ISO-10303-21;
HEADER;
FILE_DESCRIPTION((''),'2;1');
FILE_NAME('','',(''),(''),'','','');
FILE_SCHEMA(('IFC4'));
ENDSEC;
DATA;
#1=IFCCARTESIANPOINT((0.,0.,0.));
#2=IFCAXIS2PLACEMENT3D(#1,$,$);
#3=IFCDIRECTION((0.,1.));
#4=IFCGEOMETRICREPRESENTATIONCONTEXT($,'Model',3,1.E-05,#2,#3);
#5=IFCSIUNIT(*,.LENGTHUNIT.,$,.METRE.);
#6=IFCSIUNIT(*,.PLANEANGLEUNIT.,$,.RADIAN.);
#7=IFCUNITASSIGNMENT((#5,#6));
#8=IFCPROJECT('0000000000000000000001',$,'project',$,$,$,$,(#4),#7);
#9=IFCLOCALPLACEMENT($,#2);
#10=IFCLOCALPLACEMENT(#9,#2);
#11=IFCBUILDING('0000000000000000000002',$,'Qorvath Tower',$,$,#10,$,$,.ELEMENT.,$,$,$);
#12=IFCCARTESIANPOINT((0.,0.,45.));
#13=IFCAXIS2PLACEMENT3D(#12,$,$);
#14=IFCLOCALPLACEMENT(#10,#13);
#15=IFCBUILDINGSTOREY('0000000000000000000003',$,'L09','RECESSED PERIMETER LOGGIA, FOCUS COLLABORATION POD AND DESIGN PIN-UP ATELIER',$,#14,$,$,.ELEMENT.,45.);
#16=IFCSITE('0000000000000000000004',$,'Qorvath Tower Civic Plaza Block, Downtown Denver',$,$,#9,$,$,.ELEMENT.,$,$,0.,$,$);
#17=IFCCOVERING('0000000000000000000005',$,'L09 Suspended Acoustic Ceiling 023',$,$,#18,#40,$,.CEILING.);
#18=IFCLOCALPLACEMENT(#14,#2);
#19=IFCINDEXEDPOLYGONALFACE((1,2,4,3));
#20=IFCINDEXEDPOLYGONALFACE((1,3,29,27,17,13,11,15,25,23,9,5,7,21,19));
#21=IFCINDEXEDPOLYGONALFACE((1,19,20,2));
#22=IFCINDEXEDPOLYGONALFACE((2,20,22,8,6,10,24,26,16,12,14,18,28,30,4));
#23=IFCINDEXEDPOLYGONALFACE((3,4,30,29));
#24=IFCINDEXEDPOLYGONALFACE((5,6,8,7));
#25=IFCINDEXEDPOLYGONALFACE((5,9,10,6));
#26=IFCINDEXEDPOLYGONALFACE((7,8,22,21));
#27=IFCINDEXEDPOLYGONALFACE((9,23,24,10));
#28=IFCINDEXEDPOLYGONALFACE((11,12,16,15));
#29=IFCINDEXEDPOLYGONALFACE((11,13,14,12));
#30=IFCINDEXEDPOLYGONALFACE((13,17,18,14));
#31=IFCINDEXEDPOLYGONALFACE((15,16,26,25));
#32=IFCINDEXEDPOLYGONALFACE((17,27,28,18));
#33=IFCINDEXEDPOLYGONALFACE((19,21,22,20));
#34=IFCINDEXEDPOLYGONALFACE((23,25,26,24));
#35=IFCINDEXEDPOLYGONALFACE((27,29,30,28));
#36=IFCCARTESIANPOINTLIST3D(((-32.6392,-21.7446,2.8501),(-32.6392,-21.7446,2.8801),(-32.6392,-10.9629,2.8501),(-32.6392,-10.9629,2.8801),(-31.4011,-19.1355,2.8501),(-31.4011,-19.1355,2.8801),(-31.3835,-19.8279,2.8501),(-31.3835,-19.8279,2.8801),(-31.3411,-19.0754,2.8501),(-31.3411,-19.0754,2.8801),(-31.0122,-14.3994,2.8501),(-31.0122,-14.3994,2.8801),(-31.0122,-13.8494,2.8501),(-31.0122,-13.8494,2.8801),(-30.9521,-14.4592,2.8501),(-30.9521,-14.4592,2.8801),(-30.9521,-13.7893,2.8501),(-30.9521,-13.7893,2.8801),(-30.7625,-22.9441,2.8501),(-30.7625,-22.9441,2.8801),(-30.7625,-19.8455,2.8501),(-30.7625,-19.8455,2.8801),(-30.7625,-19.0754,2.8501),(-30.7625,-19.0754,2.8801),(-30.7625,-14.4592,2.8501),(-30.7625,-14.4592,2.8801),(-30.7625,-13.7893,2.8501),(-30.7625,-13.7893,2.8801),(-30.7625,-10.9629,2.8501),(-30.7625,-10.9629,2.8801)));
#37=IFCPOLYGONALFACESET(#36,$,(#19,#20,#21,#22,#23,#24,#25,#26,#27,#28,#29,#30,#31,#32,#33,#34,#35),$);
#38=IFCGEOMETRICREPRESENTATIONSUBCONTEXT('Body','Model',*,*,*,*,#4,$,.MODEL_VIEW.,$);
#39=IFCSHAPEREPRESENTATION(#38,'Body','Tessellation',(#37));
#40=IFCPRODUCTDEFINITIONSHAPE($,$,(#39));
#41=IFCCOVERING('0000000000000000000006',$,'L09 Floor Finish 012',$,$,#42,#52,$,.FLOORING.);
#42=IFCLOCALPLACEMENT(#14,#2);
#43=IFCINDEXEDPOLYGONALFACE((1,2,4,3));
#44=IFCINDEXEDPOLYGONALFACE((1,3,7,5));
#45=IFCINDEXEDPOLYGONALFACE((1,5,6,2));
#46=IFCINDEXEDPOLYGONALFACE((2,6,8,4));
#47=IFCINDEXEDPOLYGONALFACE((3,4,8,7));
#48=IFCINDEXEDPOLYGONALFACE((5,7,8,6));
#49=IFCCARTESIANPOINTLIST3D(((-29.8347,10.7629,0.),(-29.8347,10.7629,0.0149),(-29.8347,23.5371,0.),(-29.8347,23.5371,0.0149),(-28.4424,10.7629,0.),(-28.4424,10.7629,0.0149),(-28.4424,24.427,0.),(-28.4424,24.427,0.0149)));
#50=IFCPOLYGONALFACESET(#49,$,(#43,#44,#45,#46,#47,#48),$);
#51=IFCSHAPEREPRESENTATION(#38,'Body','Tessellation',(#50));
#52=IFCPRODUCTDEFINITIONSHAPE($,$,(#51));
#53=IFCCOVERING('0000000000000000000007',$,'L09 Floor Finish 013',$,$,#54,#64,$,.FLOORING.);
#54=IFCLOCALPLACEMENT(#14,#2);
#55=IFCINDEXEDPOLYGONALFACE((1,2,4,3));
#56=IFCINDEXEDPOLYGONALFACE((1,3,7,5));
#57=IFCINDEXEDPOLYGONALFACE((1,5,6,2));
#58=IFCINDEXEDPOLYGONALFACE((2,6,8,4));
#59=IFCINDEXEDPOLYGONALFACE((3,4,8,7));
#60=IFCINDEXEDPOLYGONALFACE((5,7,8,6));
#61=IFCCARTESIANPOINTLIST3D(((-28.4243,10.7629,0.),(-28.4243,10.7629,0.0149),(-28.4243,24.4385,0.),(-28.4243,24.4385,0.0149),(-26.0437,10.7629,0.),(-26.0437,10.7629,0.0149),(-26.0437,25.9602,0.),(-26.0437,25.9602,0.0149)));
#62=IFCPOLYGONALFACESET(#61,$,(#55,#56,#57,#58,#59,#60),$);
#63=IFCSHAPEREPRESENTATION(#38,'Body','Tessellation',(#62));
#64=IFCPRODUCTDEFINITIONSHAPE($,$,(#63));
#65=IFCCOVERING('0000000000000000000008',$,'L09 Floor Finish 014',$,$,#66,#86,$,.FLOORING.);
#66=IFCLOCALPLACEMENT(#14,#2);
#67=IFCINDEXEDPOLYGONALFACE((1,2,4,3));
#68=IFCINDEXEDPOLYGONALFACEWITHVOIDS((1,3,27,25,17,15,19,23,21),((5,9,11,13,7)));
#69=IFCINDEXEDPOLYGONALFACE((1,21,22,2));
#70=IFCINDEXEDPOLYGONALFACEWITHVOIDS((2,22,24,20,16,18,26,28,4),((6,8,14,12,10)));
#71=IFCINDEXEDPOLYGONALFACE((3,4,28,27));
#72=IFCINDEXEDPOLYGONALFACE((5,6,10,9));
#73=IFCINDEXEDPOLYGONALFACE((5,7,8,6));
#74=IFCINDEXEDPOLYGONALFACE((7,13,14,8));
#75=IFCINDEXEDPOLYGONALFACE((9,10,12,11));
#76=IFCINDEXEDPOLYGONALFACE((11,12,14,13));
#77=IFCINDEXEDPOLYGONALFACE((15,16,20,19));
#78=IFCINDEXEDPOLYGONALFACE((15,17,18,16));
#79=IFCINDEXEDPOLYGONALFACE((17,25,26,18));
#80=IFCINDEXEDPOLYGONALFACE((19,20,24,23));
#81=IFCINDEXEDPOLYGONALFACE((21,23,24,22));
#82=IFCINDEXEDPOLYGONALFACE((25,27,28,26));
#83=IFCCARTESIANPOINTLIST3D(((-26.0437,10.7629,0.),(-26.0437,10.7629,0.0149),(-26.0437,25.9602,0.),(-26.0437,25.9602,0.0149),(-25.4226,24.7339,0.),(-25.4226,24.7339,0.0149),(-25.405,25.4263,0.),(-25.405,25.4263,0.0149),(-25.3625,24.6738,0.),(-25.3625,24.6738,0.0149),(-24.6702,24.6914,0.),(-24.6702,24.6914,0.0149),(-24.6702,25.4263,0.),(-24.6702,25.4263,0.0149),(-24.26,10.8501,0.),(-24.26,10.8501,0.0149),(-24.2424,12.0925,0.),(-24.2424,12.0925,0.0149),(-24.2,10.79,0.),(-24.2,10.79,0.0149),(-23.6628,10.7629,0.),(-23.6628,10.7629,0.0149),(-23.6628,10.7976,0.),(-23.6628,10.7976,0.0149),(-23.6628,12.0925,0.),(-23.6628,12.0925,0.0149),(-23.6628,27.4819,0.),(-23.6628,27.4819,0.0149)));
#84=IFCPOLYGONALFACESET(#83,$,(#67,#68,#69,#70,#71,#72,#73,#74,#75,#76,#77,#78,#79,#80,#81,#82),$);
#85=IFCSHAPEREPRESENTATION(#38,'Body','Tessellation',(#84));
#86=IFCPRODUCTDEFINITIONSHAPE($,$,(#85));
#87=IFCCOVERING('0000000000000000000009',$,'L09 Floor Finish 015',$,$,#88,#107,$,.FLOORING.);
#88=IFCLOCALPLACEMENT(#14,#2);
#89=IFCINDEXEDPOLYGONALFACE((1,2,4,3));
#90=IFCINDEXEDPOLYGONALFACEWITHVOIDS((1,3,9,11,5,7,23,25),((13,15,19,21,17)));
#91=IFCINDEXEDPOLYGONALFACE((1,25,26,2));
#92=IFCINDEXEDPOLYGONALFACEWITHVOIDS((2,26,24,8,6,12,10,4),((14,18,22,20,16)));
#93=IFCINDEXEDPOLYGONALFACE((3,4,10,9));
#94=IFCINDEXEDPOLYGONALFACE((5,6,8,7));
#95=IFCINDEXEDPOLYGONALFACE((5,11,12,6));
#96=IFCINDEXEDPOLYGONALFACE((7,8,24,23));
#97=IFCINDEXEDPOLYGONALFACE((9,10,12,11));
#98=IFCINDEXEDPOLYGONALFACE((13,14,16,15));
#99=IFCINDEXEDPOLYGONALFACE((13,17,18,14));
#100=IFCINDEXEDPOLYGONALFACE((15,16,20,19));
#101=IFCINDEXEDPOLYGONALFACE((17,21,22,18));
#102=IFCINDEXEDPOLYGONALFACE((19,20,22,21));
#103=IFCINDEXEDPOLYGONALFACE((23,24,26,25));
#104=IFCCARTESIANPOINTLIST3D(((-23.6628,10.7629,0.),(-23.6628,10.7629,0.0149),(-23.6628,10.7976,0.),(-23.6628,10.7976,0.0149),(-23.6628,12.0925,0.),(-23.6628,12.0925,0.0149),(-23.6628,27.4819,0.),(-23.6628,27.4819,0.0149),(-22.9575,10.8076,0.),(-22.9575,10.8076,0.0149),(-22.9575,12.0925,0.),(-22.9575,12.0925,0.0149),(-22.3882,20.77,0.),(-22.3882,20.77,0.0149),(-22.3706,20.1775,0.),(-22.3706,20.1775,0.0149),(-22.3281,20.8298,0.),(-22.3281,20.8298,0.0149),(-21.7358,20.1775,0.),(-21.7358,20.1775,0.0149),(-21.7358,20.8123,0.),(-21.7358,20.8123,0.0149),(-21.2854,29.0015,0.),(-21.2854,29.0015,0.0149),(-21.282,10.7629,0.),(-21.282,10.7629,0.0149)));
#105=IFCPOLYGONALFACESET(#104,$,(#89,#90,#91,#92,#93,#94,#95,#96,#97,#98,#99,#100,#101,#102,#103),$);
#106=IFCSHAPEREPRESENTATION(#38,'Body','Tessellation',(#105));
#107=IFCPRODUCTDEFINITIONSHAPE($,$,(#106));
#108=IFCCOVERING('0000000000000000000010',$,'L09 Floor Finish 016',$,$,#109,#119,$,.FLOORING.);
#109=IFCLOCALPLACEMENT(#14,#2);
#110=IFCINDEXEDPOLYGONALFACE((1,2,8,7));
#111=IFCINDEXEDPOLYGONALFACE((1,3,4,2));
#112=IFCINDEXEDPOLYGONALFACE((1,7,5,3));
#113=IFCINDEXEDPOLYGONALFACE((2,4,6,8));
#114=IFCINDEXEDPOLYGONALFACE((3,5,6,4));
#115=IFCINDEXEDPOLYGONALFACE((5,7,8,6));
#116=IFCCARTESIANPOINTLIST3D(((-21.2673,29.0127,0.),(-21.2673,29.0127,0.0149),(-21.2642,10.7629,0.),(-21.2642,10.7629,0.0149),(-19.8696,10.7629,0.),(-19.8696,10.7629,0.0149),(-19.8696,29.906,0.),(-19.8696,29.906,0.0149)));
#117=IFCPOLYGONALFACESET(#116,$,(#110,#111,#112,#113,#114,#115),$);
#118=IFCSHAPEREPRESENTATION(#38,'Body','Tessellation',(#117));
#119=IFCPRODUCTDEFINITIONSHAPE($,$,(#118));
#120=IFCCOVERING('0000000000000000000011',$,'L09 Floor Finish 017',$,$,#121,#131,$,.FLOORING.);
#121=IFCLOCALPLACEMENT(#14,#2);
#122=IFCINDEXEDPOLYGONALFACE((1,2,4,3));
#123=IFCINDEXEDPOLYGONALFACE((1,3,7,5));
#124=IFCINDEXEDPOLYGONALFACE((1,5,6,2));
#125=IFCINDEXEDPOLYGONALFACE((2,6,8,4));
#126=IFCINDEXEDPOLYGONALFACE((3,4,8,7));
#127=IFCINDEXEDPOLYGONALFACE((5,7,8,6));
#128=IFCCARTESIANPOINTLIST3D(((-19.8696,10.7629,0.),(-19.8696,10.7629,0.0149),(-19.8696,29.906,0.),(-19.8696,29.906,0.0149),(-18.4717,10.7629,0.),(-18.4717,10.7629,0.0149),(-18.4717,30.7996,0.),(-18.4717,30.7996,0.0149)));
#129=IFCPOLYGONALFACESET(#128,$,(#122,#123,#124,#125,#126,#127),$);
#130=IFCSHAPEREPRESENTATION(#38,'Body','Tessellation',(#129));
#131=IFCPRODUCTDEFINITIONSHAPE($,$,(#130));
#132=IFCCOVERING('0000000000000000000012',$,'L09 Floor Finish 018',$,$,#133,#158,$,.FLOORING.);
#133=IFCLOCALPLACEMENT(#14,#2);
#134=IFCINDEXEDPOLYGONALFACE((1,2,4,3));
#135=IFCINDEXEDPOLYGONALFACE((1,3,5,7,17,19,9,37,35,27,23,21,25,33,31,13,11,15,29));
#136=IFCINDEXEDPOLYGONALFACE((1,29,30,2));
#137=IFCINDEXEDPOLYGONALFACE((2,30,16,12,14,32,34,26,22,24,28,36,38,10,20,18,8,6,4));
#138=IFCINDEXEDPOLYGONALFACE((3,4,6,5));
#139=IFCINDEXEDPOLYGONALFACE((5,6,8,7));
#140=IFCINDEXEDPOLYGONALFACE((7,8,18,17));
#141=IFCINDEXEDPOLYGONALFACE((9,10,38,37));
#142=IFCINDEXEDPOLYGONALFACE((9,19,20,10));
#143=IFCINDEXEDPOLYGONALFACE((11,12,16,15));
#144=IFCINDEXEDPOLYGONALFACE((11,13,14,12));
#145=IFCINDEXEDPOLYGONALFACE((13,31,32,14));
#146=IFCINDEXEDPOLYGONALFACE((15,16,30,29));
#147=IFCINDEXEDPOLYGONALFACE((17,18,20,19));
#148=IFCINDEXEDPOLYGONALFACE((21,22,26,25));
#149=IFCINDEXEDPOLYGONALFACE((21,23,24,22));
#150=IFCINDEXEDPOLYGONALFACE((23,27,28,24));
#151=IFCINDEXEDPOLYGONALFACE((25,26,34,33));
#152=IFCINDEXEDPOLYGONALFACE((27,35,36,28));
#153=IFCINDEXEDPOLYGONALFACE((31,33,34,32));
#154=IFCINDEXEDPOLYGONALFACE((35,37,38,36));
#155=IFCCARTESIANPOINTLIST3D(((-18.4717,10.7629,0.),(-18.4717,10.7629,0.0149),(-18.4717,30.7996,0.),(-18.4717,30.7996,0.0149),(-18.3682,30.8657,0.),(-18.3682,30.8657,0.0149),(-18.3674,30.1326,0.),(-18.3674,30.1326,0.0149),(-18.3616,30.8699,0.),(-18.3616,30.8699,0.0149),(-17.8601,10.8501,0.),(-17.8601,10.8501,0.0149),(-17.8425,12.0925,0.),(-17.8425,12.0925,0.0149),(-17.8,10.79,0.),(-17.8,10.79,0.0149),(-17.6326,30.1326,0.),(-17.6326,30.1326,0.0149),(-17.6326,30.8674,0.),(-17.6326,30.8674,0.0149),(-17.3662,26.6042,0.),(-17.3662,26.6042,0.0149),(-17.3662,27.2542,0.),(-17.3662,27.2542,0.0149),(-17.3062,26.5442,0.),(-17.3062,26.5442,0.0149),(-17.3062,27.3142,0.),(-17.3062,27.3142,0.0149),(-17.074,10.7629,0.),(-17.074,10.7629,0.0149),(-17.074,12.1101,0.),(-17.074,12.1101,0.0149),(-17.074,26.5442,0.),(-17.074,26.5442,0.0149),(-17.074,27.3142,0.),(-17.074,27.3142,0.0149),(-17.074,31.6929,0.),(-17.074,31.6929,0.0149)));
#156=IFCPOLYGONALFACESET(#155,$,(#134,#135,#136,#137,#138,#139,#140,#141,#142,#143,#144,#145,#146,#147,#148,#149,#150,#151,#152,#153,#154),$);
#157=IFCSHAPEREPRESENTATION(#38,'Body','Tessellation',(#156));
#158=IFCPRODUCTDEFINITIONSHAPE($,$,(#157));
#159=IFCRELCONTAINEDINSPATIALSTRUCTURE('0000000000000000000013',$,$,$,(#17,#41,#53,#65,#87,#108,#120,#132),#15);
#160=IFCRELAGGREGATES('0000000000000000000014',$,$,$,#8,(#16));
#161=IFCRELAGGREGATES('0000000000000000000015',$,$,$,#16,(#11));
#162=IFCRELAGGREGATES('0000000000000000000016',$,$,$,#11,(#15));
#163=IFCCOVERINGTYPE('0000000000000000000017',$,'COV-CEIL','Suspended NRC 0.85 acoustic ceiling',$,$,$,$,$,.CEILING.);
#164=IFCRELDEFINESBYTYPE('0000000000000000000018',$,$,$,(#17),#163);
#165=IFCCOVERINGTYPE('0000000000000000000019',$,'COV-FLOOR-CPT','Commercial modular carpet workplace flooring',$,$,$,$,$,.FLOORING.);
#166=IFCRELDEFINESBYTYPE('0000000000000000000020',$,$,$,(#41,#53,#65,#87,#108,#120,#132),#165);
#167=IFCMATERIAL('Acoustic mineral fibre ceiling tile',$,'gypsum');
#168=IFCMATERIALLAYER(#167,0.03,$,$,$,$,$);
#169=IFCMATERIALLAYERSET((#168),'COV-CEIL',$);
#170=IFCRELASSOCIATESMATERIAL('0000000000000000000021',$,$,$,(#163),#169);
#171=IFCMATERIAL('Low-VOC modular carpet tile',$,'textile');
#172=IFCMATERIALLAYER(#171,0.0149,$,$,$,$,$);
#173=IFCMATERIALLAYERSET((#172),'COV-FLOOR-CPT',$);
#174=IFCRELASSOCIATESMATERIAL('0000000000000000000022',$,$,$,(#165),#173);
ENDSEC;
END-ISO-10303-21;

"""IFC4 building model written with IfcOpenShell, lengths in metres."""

from ifc_helpers import new_model, si_unit, direction, frame, origin, place, context, subcontext, project, spatial, polyline, outline, extrude, material, layer, layer_set, type_object, element, save


model = new_model("IFC4")

# Units and contexts
model_context = context("Model", 3, precision=1e-05, world=origin(), true_north=direction((0.0, 1.0)))
body_context = subcontext(model_context, "Body", "Model", "MODEL_VIEW")
ifc_project = project(units=[si_unit("LENGTHUNIT", "METRE"), si_unit("PLANEANGLEUNIT", "RADIAN")], contexts=[model_context])

# Site, building, storey
site_placement = place(None, origin())
site = spatial("IfcSite", under=ifc_project, at=site_placement, Name="Qorvath Tower Civic Plaza Block, Downtown Denver", CompositionType="ELEMENT", RefElevation=0.0)
building_placement = place(site_placement, origin())
building = spatial("IfcBuilding", under=site, at=building_placement, Name="Qorvath Tower", CompositionType="ELEMENT")
storey_placement = place(building_placement, frame((0.0, 0.0, 45.0)))
storey = spatial("IfcBuildingStorey", under=building, at=storey_placement, Name="L09", Description="RECESSED PERIMETER LOGGIA, FOCUS COLLABORATION POD AND DESIGN PIN-UP ATELIER", CompositionType="ELEMENT", Elevation=45.0)

# Coverings
ifc_material_1 = material(Name="Acoustic mineral fibre ceiling tile", Category="gypsum")
ifc_layer_1 = layer(ifc_material_1, 0.03)
ifc_layer_set_1 = layer_set([ifc_layer_1], Name="COV-CEIL")
covering_type_1 = type_object("IfcCoveringType", Name="COV-CEIL", Description="Suspended NRC 0.85 acoustic ceiling", PredefinedType="CEILING", material=ifc_layer_set_1)
covering_1_placement = place(storey_placement, frame((0.0, 0.0, 2.8501)))
element("IfcCovering", 1, at=covering_1_placement, inside=storey, type_object=covering_type_1, Name="L09 Suspended Acoustic Ceiling 023", PredefinedType="CEILING", context=body_context, shape_type="SweptSolid", body=[
    extrude(outline(polyline([(-31.3411, -19.0754), (-30.7625, -19.0754), (-30.7625, -14.4592), (-30.9521, -14.4592), (-31.0122, -14.3994), (-31.0122, -13.8494), (-30.9521, -13.7893), (-30.7625, -13.7893), (-30.7625, -10.9629), (-32.6392, -10.9629), (-32.6392, -21.7446), (-30.7625, -22.9441), (-30.7625, -19.8455), (-31.3835, -19.8279), (-31.4011, -19.1355), (-31.3411, -19.0754)])), origin(), (0.0, 0.0, 1.0), 0.03),
])
ifc_material_2 = material(Name="Low-VOC modular carpet tile", Category="textile")
ifc_layer_2 = layer(ifc_material_2, 0.0149)
ifc_layer_set_2 = layer_set([ifc_layer_2], Name="COV-FLOOR-CPT")
covering_type_2 = type_object("IfcCoveringType", Name="COV-FLOOR-CPT", Description="Commercial modular carpet workplace flooring", PredefinedType="FLOORING", material=ifc_layer_set_2)
covering_2_placement = place(storey_placement, origin())
element("IfcCovering", 2, at=covering_2_placement, inside=storey, type_object=covering_type_2, Name="L09 Floor Finish 012", PredefinedType="FLOORING", context=body_context, shape_type="SweptSolid", body=[
    extrude(outline(polyline([(-29.8347, 23.5371), (-29.8347, 10.7629), (-28.4424, 10.7629), (-28.4424, 24.427), (-29.8347, 23.5371)])), origin(), (0.0, 0.0, 1.0), 0.0149),
])
covering_3_placement = place(storey_placement, origin())
element("IfcCovering", 3, at=covering_3_placement, inside=storey, type_object=covering_type_2, Name="L09 Floor Finish 013", PredefinedType="FLOORING", context=body_context, shape_type="SweptSolid", body=[
    extrude(outline(polyline([(-26.0437, 10.7629), (-26.0437, 25.9602), (-28.4243, 24.4385), (-28.4243, 10.7629), (-26.0437, 10.7629)])), origin(), (0.0, 0.0, 1.0), 0.0149),
])
covering_4_placement = place(storey_placement, origin())
element("IfcCovering", 4, at=covering_4_placement, inside=storey, type_object=covering_type_2, Name="L09 Floor Finish 014", PredefinedType="FLOORING", context=body_context, shape_type="SweptSolid", body=[
    extrude(outline(polyline([(-23.6628, 10.7629), (-23.6628, 10.7976), (-24.2, 10.79), (-24.26, 10.8501), (-24.2424, 12.0925), (-23.6628, 12.0925), (-23.6628, 27.4819), (-26.0437, 25.9602), (-26.0437, 10.7629), (-23.6628, 10.7629)]), holes=[polyline([(-25.4226, 24.7339), (-25.405, 25.4263), (-24.6702, 25.4263), (-24.6702, 24.6914), (-25.3625, 24.6738), (-25.4226, 24.7339)])]), origin(), (0.0, 0.0, 1.0), 0.0149),
])
covering_5_placement = place(storey_placement, origin())
element("IfcCovering", 5, at=covering_5_placement, inside=storey, type_object=covering_type_2, Name="L09 Floor Finish 015", PredefinedType="FLOORING", context=body_context, shape_type="SweptSolid", body=[
    extrude(outline(polyline([(-21.282, 10.7629), (-21.2854, 29.0015), (-23.6628, 27.4819), (-23.6628, 12.0925), (-22.9575, 12.0925), (-22.9575, 10.8076), (-23.6628, 10.7976), (-23.6628, 10.7629), (-21.282, 10.7629)]), holes=[polyline([(-22.3882, 20.77), (-22.3281, 20.8298), (-21.7358, 20.8123), (-21.7358, 20.1775), (-22.3706, 20.1775), (-22.3882, 20.77)])]), origin(), (0.0, 0.0, 1.0), 0.0149),
])
covering_6_placement = place(storey_placement, origin())
element("IfcCovering", 6, at=covering_6_placement, inside=storey, type_object=covering_type_2, Name="L09 Floor Finish 016", PredefinedType="FLOORING", context=body_context, shape_type="SweptSolid", body=[
    extrude(outline(polyline([(-19.8696, 10.7629), (-19.8696, 29.906), (-21.2673, 29.0127), (-21.2642, 10.7629), (-19.8696, 10.7629)])), origin(), (0.0, 0.0, 1.0), 0.0149),
])
covering_7_placement = place(storey_placement, origin())
element("IfcCovering", 7, at=covering_7_placement, inside=storey, type_object=covering_type_2, Name="L09 Floor Finish 017", PredefinedType="FLOORING", context=body_context, shape_type="SweptSolid", body=[
    extrude(outline(polyline([(-18.4717, 10.7629), (-18.4717, 30.7996), (-19.8696, 29.906), (-19.8696, 10.7629), (-18.4717, 10.7629)])), origin(), (0.0, 0.0, 1.0), 0.0149),
])
covering_8_placement = place(storey_placement, origin())
element("IfcCovering", 8, at=covering_8_placement, inside=storey, type_object=covering_type_2, Name="L09 Floor Finish 018", PredefinedType="FLOORING", context=body_context, shape_type="SweptSolid", body=[
    extrude(outline(polyline([(-17.3062, 27.3142), (-17.074, 27.3142), (-17.074, 31.6929), (-18.3616, 30.8699), (-17.6326, 30.8674), (-17.6326, 30.1326), (-18.3674, 30.1326), (-18.3682, 30.8657), (-18.4717, 30.7996), (-18.4717, 10.7629), (-17.074, 10.7629), (-17.8, 10.79), (-17.8601, 10.8501), (-17.8425, 12.0925), (-17.074, 12.1101), (-17.074, 26.5442), (-17.3062, 26.5442), (-17.3662, 26.6042), (-17.3662, 27.2542), (-17.3062, 27.3142)])), origin(), (0.0, 0.0, 1.0), 0.0149),
])

save(model, "model.ifc")
